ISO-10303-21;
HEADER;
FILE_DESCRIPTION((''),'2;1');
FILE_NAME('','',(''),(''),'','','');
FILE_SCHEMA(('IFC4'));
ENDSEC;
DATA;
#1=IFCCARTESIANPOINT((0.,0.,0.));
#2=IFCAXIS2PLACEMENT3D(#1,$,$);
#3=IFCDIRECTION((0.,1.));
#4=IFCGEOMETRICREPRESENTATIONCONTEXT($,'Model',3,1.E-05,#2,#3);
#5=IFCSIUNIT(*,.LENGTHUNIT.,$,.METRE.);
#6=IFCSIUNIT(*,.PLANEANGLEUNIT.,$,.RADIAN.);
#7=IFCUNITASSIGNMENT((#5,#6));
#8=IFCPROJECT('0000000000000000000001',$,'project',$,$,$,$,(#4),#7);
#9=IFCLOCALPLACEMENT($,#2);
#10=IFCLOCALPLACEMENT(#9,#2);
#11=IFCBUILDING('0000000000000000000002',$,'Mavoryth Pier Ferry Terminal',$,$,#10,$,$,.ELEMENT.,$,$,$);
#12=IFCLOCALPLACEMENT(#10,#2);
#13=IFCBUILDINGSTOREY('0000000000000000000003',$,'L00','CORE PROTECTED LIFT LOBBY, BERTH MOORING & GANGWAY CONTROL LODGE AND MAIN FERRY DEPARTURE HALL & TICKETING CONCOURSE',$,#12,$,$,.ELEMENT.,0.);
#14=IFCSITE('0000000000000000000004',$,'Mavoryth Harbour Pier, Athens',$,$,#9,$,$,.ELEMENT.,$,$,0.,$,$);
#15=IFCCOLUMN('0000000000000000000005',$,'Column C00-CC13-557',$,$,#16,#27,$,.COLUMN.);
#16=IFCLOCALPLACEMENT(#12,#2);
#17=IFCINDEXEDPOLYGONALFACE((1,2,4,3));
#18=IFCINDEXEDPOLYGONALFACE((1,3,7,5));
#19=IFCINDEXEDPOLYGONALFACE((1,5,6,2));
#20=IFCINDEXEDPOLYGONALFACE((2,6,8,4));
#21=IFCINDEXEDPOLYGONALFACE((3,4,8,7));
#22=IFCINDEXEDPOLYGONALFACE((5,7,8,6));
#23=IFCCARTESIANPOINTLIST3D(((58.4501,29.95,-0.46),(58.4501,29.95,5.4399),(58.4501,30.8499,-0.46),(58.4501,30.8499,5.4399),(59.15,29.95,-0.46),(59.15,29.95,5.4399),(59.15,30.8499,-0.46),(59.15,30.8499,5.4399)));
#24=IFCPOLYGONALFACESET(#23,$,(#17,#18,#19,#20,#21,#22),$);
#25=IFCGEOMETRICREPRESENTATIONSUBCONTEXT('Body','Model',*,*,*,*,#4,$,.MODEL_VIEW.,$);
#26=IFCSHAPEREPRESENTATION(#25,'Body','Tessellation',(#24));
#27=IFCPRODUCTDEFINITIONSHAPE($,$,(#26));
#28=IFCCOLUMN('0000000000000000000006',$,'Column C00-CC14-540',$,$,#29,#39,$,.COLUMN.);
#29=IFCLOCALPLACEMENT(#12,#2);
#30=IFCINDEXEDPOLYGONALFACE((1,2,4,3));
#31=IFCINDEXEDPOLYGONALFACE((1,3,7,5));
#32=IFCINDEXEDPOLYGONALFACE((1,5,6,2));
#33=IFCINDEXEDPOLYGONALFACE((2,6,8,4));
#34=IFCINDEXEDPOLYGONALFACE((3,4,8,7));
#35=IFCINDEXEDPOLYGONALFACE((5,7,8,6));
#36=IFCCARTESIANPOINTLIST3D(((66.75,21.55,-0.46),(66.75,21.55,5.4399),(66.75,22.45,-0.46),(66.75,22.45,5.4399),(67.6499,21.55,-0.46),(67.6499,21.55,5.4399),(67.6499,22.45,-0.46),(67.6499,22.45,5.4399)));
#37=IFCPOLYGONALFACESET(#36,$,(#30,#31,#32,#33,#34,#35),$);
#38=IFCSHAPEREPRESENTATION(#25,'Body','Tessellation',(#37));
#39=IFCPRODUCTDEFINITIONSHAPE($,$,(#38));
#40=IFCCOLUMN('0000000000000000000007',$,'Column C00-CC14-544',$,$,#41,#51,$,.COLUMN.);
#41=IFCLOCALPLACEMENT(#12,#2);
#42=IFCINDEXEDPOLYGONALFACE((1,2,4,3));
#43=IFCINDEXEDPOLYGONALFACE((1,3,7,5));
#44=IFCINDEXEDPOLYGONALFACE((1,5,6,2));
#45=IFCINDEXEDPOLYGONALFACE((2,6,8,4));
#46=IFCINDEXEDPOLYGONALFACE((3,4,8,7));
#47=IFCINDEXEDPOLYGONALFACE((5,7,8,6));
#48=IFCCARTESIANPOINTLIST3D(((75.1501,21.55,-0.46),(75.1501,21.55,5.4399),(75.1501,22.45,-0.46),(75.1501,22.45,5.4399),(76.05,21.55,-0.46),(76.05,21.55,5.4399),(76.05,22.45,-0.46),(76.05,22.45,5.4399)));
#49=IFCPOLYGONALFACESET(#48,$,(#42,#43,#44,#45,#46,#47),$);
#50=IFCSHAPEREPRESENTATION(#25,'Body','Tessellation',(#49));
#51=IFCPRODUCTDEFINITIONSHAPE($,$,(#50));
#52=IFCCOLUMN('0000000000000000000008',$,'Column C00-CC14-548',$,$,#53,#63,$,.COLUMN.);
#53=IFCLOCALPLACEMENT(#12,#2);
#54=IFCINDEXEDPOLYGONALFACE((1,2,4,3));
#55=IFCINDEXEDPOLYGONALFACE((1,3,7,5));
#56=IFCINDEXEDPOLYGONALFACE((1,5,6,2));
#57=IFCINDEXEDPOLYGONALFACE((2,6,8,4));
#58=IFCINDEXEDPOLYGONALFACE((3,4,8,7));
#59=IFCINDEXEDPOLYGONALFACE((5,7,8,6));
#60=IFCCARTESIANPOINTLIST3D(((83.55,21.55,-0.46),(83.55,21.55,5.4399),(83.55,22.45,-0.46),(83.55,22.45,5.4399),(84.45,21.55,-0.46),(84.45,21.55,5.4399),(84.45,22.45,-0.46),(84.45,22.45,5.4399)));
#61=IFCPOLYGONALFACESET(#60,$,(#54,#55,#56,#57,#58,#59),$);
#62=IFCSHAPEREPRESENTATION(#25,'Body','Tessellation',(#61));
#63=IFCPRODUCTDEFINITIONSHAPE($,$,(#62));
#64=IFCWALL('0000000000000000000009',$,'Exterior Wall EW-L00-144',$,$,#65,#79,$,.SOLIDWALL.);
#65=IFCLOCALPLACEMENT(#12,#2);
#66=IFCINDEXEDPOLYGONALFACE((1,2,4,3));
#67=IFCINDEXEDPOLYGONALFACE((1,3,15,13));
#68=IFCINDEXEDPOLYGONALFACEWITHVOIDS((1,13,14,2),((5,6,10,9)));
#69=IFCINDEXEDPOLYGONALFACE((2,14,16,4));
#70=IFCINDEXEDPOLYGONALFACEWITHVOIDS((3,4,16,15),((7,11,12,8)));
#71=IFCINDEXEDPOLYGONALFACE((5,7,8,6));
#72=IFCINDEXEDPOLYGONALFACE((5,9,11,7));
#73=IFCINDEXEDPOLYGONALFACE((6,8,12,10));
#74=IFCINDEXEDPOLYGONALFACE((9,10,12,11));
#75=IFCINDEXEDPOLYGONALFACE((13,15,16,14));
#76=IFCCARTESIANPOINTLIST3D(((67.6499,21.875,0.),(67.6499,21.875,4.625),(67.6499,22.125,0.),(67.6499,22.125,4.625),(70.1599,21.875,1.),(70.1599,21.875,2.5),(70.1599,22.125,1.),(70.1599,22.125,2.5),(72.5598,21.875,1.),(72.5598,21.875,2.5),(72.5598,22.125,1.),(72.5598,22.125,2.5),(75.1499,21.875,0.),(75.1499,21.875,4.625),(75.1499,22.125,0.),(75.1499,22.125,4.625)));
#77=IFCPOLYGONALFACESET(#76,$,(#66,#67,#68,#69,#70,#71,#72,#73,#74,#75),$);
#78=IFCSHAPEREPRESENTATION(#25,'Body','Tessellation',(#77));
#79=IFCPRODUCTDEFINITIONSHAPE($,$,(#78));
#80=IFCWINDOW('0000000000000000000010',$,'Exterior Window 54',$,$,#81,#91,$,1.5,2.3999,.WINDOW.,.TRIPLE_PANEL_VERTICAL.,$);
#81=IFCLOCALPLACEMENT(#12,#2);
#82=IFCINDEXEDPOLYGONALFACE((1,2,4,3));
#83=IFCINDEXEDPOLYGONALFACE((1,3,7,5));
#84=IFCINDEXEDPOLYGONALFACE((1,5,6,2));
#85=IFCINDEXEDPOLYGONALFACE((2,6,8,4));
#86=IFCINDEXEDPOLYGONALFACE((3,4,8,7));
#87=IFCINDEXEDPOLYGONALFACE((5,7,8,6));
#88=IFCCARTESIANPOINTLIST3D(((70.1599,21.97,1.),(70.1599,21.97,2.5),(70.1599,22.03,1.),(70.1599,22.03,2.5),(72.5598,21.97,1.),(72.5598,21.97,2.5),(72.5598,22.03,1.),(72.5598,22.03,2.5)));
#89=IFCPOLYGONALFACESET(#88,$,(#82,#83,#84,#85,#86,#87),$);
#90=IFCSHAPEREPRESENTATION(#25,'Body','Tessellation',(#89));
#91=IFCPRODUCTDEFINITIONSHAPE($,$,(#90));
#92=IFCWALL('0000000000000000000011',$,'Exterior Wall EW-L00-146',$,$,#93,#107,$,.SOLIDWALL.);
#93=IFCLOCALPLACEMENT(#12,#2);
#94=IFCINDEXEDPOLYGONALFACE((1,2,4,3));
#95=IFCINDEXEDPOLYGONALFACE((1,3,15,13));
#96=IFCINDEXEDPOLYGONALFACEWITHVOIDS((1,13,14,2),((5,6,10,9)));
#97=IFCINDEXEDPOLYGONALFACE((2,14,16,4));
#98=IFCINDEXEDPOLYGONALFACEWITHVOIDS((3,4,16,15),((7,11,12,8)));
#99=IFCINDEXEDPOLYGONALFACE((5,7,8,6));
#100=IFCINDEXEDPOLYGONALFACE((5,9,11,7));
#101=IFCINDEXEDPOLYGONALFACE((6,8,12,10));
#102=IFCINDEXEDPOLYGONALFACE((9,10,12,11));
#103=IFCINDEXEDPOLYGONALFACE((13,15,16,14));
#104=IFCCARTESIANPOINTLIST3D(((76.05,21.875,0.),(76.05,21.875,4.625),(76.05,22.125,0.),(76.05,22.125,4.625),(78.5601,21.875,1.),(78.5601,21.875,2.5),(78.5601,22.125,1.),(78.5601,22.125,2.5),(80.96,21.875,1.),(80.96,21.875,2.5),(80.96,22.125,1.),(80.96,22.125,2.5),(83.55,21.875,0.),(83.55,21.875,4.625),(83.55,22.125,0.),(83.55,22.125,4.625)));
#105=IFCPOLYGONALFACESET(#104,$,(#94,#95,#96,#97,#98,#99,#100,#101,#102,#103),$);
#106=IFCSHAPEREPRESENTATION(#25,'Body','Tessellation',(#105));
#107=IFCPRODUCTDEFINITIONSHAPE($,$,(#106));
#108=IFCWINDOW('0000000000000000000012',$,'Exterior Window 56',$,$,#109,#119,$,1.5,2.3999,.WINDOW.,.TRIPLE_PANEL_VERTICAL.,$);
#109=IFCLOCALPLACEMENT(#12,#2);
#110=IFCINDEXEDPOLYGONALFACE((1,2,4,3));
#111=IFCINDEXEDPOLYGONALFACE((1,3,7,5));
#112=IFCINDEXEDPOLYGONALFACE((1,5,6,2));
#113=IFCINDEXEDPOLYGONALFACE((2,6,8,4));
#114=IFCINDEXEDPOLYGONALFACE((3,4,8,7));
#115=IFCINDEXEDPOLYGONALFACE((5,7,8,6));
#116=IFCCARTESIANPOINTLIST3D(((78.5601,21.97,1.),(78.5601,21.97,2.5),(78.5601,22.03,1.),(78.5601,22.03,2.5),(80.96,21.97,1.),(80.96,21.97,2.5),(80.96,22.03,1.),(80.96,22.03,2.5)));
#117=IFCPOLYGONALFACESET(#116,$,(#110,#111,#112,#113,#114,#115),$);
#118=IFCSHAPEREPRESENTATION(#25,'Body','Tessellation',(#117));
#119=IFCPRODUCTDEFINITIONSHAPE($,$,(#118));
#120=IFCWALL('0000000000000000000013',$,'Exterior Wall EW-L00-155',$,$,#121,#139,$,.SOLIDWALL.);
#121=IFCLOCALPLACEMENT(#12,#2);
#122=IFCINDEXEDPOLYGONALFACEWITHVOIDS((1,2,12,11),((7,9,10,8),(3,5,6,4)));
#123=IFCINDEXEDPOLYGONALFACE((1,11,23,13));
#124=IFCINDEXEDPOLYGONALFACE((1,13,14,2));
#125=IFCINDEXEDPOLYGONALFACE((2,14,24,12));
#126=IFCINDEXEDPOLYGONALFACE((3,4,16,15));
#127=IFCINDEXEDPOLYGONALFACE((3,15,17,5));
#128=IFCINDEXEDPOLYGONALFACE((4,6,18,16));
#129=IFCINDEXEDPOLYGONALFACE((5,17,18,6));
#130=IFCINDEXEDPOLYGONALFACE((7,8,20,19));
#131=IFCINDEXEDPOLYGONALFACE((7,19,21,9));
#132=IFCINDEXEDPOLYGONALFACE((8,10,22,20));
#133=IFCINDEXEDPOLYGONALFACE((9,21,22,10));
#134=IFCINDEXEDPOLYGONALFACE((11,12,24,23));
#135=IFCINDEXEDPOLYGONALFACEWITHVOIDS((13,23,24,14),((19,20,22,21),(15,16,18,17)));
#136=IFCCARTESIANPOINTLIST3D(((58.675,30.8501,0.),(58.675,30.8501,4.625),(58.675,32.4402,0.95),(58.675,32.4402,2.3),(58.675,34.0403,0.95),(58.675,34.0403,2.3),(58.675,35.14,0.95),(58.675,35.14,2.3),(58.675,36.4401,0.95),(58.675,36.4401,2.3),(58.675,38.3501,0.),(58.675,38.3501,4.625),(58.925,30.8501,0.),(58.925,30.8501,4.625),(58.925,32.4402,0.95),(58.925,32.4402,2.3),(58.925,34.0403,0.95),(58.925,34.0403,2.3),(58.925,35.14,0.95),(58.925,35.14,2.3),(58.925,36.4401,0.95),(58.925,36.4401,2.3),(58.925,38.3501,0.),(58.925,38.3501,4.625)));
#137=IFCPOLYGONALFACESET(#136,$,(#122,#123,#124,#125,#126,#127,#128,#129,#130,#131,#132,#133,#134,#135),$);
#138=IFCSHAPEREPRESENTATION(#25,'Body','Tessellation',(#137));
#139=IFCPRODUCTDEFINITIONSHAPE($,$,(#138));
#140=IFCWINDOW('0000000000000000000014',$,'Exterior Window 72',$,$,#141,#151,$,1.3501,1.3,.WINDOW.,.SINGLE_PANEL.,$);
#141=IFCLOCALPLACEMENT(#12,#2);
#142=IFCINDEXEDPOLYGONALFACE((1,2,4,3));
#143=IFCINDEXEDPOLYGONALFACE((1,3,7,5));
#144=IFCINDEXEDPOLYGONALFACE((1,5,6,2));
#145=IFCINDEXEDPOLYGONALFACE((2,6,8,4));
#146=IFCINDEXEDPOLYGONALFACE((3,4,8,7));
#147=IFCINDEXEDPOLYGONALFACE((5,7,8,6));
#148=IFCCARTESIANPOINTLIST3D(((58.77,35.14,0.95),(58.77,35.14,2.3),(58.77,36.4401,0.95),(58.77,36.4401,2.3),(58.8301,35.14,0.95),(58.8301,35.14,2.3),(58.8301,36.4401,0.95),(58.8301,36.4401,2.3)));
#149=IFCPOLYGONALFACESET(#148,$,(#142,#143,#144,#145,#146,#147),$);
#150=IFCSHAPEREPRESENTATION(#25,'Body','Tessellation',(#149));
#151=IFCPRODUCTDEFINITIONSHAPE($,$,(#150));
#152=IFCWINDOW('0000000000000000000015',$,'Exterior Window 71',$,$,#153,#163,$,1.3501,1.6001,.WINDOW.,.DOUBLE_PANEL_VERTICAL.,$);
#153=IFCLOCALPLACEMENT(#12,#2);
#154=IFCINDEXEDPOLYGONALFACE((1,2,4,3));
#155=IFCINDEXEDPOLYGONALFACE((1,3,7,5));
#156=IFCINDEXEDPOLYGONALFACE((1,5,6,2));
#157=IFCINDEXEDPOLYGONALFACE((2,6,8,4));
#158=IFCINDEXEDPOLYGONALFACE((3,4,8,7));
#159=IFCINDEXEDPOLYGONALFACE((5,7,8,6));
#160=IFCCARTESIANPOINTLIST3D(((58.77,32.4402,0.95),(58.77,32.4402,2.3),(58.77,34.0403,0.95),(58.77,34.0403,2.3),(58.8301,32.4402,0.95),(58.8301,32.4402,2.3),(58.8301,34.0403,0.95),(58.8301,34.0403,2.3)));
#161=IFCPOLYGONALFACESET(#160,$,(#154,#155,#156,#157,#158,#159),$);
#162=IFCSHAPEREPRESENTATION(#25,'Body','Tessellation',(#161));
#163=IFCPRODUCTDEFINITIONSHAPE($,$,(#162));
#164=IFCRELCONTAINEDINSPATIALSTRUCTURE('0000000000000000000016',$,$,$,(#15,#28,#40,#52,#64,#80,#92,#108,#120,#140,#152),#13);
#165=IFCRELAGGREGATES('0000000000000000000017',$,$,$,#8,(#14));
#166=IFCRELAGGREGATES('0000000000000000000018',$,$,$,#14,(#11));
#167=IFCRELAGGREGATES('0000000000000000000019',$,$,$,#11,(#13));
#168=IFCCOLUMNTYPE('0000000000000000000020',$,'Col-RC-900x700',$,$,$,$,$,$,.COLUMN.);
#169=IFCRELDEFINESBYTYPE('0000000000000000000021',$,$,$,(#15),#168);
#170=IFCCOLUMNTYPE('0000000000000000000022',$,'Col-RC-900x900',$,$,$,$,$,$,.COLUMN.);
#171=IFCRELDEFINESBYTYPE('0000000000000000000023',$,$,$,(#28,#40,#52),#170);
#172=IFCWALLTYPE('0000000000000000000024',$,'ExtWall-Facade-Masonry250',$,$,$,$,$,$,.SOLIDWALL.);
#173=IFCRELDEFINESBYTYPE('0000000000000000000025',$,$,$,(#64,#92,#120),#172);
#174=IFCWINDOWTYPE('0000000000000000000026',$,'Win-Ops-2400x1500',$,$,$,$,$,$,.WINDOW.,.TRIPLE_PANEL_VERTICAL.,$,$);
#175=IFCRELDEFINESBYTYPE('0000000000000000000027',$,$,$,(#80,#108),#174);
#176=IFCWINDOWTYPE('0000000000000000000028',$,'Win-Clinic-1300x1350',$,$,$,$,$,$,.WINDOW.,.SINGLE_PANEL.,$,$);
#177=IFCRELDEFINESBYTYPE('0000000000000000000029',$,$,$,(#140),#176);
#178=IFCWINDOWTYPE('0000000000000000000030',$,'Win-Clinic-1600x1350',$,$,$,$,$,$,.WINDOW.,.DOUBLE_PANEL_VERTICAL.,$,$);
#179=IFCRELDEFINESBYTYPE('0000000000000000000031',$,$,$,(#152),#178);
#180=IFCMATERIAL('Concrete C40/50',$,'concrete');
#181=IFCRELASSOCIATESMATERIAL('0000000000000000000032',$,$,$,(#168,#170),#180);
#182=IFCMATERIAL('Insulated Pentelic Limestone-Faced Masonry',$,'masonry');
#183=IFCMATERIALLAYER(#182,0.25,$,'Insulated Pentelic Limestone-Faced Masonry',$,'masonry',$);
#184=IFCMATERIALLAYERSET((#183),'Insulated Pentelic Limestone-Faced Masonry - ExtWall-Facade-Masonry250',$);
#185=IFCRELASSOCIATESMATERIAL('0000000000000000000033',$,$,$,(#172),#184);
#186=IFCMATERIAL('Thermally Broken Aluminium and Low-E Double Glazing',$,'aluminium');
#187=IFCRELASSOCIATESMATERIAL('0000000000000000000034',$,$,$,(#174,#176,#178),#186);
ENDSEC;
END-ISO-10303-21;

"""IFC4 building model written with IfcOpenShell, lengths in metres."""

from ifc_helpers import new_model, si_unit, direction, frame, frame_2d, origin, origin_2d, place, context, subcontext, project, spatial, rectangle, extrude, material, layer, layer_set, material_profile, profile_set, type_object, element, fill, save


model = new_model("IFC4")

# Units and contexts
model_context = context("Model", 3, precision=1e-05, world=origin(), true_north=direction((0.0, 1.0)))
body_context = subcontext(model_context, "Body", "Model", "MODEL_VIEW")
ifc_project = project(units=[si_unit("LENGTHUNIT", "METRE"), si_unit("PLANEANGLEUNIT", "RADIAN")], contexts=[model_context])

# Site, building, storey
site_placement = place(None, origin())
site = spatial("IfcSite", under=ifc_project, at=site_placement, Name="Mavoryth Harbour Pier, Athens", CompositionType="ELEMENT", RefElevation=0.0)
building_placement = place(site_placement, origin())
building = spatial("IfcBuilding", under=site, at=building_placement, Name="Mavoryth Pier Ferry Terminal", CompositionType="ELEMENT")
storey_placement = place(building_placement, origin())
storey = spatial("IfcBuildingStorey", under=building, at=storey_placement, Name="L00", Description="CORE PROTECTED LIFT LOBBY, BERTH MOORING & GANGWAY CONTROL LODGE AND MAIN FERRY DEPARTURE HALL & TICKETING CONCOURSE", CompositionType="ELEMENT", Elevation=0.0)

# Columns
ifc_material_1 = material(Name="Concrete C40/50", Category="concrete")
ifc_material_profile_1 = material_profile(ifc_material_1, rectangle(XDim=0.7, YDim=0.8999, at=origin_2d()), Name="RC 900x700", Category="concrete")
ifc_profile_set_1 = profile_set([ifc_material_profile_1], Name="Concrete C40/50 - RC 900x700")
column_type_1 = type_object("IfcColumnType", Name="Col-RC-900x700", PredefinedType="COLUMN", material=ifc_profile_set_1)
column_placement = place(storey_placement, frame((58.8, 30.3999, -0.46), z_axis=(0.0, 0.0, 1.0), x_axis=(1.0, 0.0, 0.0)))
element("IfcColumn", 1, at=column_placement, inside=storey, type_object=column_type_1, Name="Column C00-CC13-557", PredefinedType="COLUMN", context=body_context, shape_type="SweptSolid", body=[
    extrude(rectangle(XDim=0.7, YDim=0.8999, at=origin_2d()), origin(), (0.0, 0.0, 1.0), 5.8999),
])
ifc_material_profile_2 = material_profile(ifc_material_1, rectangle(XDim=0.8999, YDim=0.8999, at=origin_2d()), Name="RC 900x900", Category="concrete")
ifc_profile_set_2 = profile_set([ifc_material_profile_2], Name="Concrete C40/50 - RC 900x900")
column_type_2 = type_object("IfcColumnType", Name="Col-RC-900x900", PredefinedType="COLUMN", material=ifc_profile_set_2)
for number, where, z_axis, x_axis, name in (
    (2, (67.2, 22.0, -0.46), (0.0, 0.0, 1.0), (1.0, 0.0, 0.0), "Column C00-CC14-540"),
    (3, (75.6001, 22.0, -0.46), (0.0, 0.0, 1.0), (1.0, 0.0, 0.0), "Column C00-CC14-544"),
    (4, (84.0, 22.0, -0.46), (0.0, 0.0, 1.0), (1.0, 0.0, 0.0), "Column C00-CC14-548"),
):
    element("IfcColumn", number, at=place(storey_placement, frame(where, z_axis=z_axis, x_axis=x_axis)), inside=storey, type_object=column_type_2, Name=name, PredefinedType="COLUMN", context=body_context, shape_type="SweptSolid", body=[
        extrude(rectangle(XDim=0.8999, YDim=0.8999, at=origin_2d()), origin(), (0.0, 0.0, 1.0), 5.8999),
    ])

# Walls, openings, windows
ifc_material_2 = material(Name="Insulated Pentelic Limestone-Faced Masonry", Category="masonry")
ifc_layer = layer(ifc_material_2, 0.25, Name="Insulated Pentelic Limestone-Faced Masonry", Category="masonry")
ifc_layer_set = layer_set([ifc_layer], Name="Insulated Pentelic Limestone-Faced Masonry - ExtWall-Facade-Masonry250")
wall_type = type_object("IfcWallType", Name="ExtWall-Facade-Masonry250", PredefinedType="SOLIDWALL", material=ifc_layer_set)
wall_1_placement = place(storey_placement, frame((75.1499, 22.0, 0.0), z_axis=(0.0, 0.0, 1.0), x_axis=(-1.0, 0.0, 0.0)))
wall_1 = element("IfcWall", 5, at=wall_1_placement, inside=storey, type_object=wall_type, Name="Exterior Wall EW-L00-144", PredefinedType="SOLIDWALL", context=body_context, shape_type="SweptSolid", body=[
    extrude(rectangle(XDim=7.5, YDim=0.25, at=frame_2d((3.75, 0.0))), origin(), (0.0, 0.0, 1.0), 4.625),
])
opening_1_placement = place(wall_1_placement, frame((2.5901, 0.0, 1.0)))
opening_1 = element("IfcOpeningElement", 6, at=opening_1_placement, cuts=wall_1, PredefinedType="OPENING", context=body_context, shape_type="SweptSolid", body=[
    extrude(rectangle(XDim=2.3999, YDim=1.5, at=frame_2d((1.2, 0.75))), frame((0.0, 0.135, 0.0), z_axis=(0.0, -1.0, 0.0), x_axis=(1.0, 0.0, 0.0)), (0.0, 0.0, 1.0), 0.27),
])
ifc_material_3 = material(Name="Thermally Broken Aluminium and Low-E Double Glazing", Category="aluminium")
window_type_1 = type_object("IfcWindowType", Name="Win-Ops-2400x1500", PartitioningType="TRIPLE_PANEL_VERTICAL", PredefinedType="WINDOW", material=ifc_material_3)
window_1_placement = place(opening_1_placement, origin())
window_1 = element("IfcWindow", 7, at=window_1_placement, inside=storey, type_object=window_type_1, Name="Exterior Window 54", OverallHeight=1.5, OverallWidth=2.3999, PartitioningType="TRIPLE_PANEL_VERTICAL", PredefinedType="WINDOW", context=body_context, shape_type="SweptSolid", body=[
    extrude(rectangle(XDim=2.3999, YDim=1.5, at=frame_2d((1.2, 0.75))), frame((0.0, 0.03, 0.0), z_axis=(0.0, -1.0, 0.0), x_axis=(1.0, 0.0, 0.0)), (0.0, 0.0, 1.0), 0.0601),
])
fill(opening_1, window_1)
wall_2_placement = place(storey_placement, frame((83.55, 22.0, 0.0), z_axis=(0.0, 0.0, 1.0), x_axis=(-1.0, 0.0, 0.0)))
wall_2 = element("IfcWall", 8, at=wall_2_placement, inside=storey, type_object=wall_type, Name="Exterior Wall EW-L00-146", PredefinedType="SOLIDWALL", context=body_context, shape_type="SweptSolid", body=[
    extrude(rectangle(XDim=7.5, YDim=0.25, at=frame_2d((3.75, 0.0))), origin(), (0.0, 0.0, 1.0), 4.625),
])
opening_2_placement = place(wall_2_placement, frame((2.5901, 0.0, 1.0)))
opening_2 = element("IfcOpeningElement", 9, at=opening_2_placement, cuts=wall_2, PredefinedType="OPENING", context=body_context, shape_type="SweptSolid", body=[
    extrude(rectangle(XDim=2.3999, YDim=1.5, at=frame_2d((1.2, 0.75))), frame((0.0, 0.135, 0.0), z_axis=(0.0, -1.0, 0.0), x_axis=(1.0, 0.0, 0.0)), (0.0, 0.0, 1.0), 0.27),
])
window_2_placement = place(opening_2_placement, origin())
window_2 = element("IfcWindow", 10, at=window_2_placement, inside=storey, type_object=window_type_1, Name="Exterior Window 56", OverallHeight=1.5, OverallWidth=2.3999, PartitioningType="TRIPLE_PANEL_VERTICAL", PredefinedType="WINDOW", context=body_context, shape_type="SweptSolid", body=[
    extrude(rectangle(XDim=2.3999, YDim=1.5, at=frame_2d((1.2, 0.75))), frame((0.0, 0.03, 0.0), z_axis=(0.0, -1.0, 0.0), x_axis=(1.0, 0.0, 0.0)), (0.0, 0.0, 1.0), 0.0601),
])
fill(opening_2, window_2)

# Wall, openings, windows
wall_3_placement = place(storey_placement, frame((58.8, 30.8501, 0.0), z_axis=(0.0, 0.0, 1.0), x_axis=(0.0, 1.0, 0.0)))
wall_3 = element("IfcWall", 11, at=wall_3_placement, inside=storey, type_object=wall_type, Name="Exterior Wall EW-L00-155", PredefinedType="SOLIDWALL", context=body_context, shape_type="SweptSolid", body=[
    extrude(rectangle(XDim=7.5, YDim=0.25, at=frame_2d((3.75, 0.0))), origin(), (0.0, 0.0, 1.0), 4.625),
])
opening_3_placement = place(wall_3_placement, frame((1.5901, 0.0, 0.95)))
opening_3 = element("IfcOpeningElement", 12, at=opening_3_placement, cuts=wall_3, PredefinedType="OPENING", context=body_context, shape_type="SweptSolid", body=[
    extrude(rectangle(XDim=1.6001, YDim=1.3501, at=frame_2d((0.8, 0.675))), frame((0.0, 0.135, 0.0), z_axis=(0.0, -1.0, 0.0), x_axis=(1.0, 0.0, 0.0)), (0.0, 0.0, 1.0), 0.27),
])
opening_4_placement = place(wall_3_placement, frame((4.29, 0.0, 0.95)))
opening_4 = element("IfcOpeningElement", 13, at=opening_4_placement, cuts=wall_3, PredefinedType="OPENING", context=body_context, shape_type="SweptSolid", body=[
    extrude(rectangle(XDim=1.3, YDim=1.3501, at=frame_2d((0.6499, 0.675))), frame((0.0, 0.135, 0.0), z_axis=(0.0, -1.0, 0.0), x_axis=(1.0, 0.0, 0.0)), (0.0, 0.0, 1.0), 0.27),
])
window_type_2 = type_object("IfcWindowType", Name="Win-Clinic-1300x1350", PartitioningType="SINGLE_PANEL", PredefinedType="WINDOW", material=ifc_material_3)
window_3_placement = place(opening_4_placement, origin())
window_3 = element("IfcWindow", 14, at=window_3_placement, inside=storey, type_object=window_type_2, Name="Exterior Window 72", OverallHeight=1.3501, OverallWidth=1.3, PartitioningType="SINGLE_PANEL", PredefinedType="WINDOW", context=body_context, shape_type="SweptSolid", body=[
    extrude(rectangle(XDim=1.3, YDim=1.3501, at=frame_2d((0.6499, 0.675))), frame((0.0, 0.03, 0.0), z_axis=(0.0, -1.0, 0.0), x_axis=(1.0, 0.0, 0.0)), (0.0, 0.0, 1.0), 0.0601),
])
fill(opening_4, window_3)
window_type_3 = type_object("IfcWindowType", Name="Win-Clinic-1600x1350", PartitioningType="DOUBLE_PANEL_VERTICAL", PredefinedType="WINDOW", material=ifc_material_3)
window_4_placement = place(opening_3_placement, origin())
window_4 = element("IfcWindow", 15, at=window_4_placement, inside=storey, type_object=window_type_3, Name="Exterior Window 71", OverallHeight=1.3501, OverallWidth=1.6001, PartitioningType="DOUBLE_PANEL_VERTICAL", PredefinedType="WINDOW", context=body_context, shape_type="SweptSolid", body=[
    extrude(rectangle(XDim=1.6001, YDim=1.3501, at=frame_2d((0.8, 0.675))), frame((0.0, 0.03, 0.0), z_axis=(0.0, -1.0, 0.0), x_axis=(1.0, 0.0, 0.0)), (0.0, 0.0, 1.0), 0.0601),
])
fill(opening_3, window_4)

save(model, "model.ifc")
